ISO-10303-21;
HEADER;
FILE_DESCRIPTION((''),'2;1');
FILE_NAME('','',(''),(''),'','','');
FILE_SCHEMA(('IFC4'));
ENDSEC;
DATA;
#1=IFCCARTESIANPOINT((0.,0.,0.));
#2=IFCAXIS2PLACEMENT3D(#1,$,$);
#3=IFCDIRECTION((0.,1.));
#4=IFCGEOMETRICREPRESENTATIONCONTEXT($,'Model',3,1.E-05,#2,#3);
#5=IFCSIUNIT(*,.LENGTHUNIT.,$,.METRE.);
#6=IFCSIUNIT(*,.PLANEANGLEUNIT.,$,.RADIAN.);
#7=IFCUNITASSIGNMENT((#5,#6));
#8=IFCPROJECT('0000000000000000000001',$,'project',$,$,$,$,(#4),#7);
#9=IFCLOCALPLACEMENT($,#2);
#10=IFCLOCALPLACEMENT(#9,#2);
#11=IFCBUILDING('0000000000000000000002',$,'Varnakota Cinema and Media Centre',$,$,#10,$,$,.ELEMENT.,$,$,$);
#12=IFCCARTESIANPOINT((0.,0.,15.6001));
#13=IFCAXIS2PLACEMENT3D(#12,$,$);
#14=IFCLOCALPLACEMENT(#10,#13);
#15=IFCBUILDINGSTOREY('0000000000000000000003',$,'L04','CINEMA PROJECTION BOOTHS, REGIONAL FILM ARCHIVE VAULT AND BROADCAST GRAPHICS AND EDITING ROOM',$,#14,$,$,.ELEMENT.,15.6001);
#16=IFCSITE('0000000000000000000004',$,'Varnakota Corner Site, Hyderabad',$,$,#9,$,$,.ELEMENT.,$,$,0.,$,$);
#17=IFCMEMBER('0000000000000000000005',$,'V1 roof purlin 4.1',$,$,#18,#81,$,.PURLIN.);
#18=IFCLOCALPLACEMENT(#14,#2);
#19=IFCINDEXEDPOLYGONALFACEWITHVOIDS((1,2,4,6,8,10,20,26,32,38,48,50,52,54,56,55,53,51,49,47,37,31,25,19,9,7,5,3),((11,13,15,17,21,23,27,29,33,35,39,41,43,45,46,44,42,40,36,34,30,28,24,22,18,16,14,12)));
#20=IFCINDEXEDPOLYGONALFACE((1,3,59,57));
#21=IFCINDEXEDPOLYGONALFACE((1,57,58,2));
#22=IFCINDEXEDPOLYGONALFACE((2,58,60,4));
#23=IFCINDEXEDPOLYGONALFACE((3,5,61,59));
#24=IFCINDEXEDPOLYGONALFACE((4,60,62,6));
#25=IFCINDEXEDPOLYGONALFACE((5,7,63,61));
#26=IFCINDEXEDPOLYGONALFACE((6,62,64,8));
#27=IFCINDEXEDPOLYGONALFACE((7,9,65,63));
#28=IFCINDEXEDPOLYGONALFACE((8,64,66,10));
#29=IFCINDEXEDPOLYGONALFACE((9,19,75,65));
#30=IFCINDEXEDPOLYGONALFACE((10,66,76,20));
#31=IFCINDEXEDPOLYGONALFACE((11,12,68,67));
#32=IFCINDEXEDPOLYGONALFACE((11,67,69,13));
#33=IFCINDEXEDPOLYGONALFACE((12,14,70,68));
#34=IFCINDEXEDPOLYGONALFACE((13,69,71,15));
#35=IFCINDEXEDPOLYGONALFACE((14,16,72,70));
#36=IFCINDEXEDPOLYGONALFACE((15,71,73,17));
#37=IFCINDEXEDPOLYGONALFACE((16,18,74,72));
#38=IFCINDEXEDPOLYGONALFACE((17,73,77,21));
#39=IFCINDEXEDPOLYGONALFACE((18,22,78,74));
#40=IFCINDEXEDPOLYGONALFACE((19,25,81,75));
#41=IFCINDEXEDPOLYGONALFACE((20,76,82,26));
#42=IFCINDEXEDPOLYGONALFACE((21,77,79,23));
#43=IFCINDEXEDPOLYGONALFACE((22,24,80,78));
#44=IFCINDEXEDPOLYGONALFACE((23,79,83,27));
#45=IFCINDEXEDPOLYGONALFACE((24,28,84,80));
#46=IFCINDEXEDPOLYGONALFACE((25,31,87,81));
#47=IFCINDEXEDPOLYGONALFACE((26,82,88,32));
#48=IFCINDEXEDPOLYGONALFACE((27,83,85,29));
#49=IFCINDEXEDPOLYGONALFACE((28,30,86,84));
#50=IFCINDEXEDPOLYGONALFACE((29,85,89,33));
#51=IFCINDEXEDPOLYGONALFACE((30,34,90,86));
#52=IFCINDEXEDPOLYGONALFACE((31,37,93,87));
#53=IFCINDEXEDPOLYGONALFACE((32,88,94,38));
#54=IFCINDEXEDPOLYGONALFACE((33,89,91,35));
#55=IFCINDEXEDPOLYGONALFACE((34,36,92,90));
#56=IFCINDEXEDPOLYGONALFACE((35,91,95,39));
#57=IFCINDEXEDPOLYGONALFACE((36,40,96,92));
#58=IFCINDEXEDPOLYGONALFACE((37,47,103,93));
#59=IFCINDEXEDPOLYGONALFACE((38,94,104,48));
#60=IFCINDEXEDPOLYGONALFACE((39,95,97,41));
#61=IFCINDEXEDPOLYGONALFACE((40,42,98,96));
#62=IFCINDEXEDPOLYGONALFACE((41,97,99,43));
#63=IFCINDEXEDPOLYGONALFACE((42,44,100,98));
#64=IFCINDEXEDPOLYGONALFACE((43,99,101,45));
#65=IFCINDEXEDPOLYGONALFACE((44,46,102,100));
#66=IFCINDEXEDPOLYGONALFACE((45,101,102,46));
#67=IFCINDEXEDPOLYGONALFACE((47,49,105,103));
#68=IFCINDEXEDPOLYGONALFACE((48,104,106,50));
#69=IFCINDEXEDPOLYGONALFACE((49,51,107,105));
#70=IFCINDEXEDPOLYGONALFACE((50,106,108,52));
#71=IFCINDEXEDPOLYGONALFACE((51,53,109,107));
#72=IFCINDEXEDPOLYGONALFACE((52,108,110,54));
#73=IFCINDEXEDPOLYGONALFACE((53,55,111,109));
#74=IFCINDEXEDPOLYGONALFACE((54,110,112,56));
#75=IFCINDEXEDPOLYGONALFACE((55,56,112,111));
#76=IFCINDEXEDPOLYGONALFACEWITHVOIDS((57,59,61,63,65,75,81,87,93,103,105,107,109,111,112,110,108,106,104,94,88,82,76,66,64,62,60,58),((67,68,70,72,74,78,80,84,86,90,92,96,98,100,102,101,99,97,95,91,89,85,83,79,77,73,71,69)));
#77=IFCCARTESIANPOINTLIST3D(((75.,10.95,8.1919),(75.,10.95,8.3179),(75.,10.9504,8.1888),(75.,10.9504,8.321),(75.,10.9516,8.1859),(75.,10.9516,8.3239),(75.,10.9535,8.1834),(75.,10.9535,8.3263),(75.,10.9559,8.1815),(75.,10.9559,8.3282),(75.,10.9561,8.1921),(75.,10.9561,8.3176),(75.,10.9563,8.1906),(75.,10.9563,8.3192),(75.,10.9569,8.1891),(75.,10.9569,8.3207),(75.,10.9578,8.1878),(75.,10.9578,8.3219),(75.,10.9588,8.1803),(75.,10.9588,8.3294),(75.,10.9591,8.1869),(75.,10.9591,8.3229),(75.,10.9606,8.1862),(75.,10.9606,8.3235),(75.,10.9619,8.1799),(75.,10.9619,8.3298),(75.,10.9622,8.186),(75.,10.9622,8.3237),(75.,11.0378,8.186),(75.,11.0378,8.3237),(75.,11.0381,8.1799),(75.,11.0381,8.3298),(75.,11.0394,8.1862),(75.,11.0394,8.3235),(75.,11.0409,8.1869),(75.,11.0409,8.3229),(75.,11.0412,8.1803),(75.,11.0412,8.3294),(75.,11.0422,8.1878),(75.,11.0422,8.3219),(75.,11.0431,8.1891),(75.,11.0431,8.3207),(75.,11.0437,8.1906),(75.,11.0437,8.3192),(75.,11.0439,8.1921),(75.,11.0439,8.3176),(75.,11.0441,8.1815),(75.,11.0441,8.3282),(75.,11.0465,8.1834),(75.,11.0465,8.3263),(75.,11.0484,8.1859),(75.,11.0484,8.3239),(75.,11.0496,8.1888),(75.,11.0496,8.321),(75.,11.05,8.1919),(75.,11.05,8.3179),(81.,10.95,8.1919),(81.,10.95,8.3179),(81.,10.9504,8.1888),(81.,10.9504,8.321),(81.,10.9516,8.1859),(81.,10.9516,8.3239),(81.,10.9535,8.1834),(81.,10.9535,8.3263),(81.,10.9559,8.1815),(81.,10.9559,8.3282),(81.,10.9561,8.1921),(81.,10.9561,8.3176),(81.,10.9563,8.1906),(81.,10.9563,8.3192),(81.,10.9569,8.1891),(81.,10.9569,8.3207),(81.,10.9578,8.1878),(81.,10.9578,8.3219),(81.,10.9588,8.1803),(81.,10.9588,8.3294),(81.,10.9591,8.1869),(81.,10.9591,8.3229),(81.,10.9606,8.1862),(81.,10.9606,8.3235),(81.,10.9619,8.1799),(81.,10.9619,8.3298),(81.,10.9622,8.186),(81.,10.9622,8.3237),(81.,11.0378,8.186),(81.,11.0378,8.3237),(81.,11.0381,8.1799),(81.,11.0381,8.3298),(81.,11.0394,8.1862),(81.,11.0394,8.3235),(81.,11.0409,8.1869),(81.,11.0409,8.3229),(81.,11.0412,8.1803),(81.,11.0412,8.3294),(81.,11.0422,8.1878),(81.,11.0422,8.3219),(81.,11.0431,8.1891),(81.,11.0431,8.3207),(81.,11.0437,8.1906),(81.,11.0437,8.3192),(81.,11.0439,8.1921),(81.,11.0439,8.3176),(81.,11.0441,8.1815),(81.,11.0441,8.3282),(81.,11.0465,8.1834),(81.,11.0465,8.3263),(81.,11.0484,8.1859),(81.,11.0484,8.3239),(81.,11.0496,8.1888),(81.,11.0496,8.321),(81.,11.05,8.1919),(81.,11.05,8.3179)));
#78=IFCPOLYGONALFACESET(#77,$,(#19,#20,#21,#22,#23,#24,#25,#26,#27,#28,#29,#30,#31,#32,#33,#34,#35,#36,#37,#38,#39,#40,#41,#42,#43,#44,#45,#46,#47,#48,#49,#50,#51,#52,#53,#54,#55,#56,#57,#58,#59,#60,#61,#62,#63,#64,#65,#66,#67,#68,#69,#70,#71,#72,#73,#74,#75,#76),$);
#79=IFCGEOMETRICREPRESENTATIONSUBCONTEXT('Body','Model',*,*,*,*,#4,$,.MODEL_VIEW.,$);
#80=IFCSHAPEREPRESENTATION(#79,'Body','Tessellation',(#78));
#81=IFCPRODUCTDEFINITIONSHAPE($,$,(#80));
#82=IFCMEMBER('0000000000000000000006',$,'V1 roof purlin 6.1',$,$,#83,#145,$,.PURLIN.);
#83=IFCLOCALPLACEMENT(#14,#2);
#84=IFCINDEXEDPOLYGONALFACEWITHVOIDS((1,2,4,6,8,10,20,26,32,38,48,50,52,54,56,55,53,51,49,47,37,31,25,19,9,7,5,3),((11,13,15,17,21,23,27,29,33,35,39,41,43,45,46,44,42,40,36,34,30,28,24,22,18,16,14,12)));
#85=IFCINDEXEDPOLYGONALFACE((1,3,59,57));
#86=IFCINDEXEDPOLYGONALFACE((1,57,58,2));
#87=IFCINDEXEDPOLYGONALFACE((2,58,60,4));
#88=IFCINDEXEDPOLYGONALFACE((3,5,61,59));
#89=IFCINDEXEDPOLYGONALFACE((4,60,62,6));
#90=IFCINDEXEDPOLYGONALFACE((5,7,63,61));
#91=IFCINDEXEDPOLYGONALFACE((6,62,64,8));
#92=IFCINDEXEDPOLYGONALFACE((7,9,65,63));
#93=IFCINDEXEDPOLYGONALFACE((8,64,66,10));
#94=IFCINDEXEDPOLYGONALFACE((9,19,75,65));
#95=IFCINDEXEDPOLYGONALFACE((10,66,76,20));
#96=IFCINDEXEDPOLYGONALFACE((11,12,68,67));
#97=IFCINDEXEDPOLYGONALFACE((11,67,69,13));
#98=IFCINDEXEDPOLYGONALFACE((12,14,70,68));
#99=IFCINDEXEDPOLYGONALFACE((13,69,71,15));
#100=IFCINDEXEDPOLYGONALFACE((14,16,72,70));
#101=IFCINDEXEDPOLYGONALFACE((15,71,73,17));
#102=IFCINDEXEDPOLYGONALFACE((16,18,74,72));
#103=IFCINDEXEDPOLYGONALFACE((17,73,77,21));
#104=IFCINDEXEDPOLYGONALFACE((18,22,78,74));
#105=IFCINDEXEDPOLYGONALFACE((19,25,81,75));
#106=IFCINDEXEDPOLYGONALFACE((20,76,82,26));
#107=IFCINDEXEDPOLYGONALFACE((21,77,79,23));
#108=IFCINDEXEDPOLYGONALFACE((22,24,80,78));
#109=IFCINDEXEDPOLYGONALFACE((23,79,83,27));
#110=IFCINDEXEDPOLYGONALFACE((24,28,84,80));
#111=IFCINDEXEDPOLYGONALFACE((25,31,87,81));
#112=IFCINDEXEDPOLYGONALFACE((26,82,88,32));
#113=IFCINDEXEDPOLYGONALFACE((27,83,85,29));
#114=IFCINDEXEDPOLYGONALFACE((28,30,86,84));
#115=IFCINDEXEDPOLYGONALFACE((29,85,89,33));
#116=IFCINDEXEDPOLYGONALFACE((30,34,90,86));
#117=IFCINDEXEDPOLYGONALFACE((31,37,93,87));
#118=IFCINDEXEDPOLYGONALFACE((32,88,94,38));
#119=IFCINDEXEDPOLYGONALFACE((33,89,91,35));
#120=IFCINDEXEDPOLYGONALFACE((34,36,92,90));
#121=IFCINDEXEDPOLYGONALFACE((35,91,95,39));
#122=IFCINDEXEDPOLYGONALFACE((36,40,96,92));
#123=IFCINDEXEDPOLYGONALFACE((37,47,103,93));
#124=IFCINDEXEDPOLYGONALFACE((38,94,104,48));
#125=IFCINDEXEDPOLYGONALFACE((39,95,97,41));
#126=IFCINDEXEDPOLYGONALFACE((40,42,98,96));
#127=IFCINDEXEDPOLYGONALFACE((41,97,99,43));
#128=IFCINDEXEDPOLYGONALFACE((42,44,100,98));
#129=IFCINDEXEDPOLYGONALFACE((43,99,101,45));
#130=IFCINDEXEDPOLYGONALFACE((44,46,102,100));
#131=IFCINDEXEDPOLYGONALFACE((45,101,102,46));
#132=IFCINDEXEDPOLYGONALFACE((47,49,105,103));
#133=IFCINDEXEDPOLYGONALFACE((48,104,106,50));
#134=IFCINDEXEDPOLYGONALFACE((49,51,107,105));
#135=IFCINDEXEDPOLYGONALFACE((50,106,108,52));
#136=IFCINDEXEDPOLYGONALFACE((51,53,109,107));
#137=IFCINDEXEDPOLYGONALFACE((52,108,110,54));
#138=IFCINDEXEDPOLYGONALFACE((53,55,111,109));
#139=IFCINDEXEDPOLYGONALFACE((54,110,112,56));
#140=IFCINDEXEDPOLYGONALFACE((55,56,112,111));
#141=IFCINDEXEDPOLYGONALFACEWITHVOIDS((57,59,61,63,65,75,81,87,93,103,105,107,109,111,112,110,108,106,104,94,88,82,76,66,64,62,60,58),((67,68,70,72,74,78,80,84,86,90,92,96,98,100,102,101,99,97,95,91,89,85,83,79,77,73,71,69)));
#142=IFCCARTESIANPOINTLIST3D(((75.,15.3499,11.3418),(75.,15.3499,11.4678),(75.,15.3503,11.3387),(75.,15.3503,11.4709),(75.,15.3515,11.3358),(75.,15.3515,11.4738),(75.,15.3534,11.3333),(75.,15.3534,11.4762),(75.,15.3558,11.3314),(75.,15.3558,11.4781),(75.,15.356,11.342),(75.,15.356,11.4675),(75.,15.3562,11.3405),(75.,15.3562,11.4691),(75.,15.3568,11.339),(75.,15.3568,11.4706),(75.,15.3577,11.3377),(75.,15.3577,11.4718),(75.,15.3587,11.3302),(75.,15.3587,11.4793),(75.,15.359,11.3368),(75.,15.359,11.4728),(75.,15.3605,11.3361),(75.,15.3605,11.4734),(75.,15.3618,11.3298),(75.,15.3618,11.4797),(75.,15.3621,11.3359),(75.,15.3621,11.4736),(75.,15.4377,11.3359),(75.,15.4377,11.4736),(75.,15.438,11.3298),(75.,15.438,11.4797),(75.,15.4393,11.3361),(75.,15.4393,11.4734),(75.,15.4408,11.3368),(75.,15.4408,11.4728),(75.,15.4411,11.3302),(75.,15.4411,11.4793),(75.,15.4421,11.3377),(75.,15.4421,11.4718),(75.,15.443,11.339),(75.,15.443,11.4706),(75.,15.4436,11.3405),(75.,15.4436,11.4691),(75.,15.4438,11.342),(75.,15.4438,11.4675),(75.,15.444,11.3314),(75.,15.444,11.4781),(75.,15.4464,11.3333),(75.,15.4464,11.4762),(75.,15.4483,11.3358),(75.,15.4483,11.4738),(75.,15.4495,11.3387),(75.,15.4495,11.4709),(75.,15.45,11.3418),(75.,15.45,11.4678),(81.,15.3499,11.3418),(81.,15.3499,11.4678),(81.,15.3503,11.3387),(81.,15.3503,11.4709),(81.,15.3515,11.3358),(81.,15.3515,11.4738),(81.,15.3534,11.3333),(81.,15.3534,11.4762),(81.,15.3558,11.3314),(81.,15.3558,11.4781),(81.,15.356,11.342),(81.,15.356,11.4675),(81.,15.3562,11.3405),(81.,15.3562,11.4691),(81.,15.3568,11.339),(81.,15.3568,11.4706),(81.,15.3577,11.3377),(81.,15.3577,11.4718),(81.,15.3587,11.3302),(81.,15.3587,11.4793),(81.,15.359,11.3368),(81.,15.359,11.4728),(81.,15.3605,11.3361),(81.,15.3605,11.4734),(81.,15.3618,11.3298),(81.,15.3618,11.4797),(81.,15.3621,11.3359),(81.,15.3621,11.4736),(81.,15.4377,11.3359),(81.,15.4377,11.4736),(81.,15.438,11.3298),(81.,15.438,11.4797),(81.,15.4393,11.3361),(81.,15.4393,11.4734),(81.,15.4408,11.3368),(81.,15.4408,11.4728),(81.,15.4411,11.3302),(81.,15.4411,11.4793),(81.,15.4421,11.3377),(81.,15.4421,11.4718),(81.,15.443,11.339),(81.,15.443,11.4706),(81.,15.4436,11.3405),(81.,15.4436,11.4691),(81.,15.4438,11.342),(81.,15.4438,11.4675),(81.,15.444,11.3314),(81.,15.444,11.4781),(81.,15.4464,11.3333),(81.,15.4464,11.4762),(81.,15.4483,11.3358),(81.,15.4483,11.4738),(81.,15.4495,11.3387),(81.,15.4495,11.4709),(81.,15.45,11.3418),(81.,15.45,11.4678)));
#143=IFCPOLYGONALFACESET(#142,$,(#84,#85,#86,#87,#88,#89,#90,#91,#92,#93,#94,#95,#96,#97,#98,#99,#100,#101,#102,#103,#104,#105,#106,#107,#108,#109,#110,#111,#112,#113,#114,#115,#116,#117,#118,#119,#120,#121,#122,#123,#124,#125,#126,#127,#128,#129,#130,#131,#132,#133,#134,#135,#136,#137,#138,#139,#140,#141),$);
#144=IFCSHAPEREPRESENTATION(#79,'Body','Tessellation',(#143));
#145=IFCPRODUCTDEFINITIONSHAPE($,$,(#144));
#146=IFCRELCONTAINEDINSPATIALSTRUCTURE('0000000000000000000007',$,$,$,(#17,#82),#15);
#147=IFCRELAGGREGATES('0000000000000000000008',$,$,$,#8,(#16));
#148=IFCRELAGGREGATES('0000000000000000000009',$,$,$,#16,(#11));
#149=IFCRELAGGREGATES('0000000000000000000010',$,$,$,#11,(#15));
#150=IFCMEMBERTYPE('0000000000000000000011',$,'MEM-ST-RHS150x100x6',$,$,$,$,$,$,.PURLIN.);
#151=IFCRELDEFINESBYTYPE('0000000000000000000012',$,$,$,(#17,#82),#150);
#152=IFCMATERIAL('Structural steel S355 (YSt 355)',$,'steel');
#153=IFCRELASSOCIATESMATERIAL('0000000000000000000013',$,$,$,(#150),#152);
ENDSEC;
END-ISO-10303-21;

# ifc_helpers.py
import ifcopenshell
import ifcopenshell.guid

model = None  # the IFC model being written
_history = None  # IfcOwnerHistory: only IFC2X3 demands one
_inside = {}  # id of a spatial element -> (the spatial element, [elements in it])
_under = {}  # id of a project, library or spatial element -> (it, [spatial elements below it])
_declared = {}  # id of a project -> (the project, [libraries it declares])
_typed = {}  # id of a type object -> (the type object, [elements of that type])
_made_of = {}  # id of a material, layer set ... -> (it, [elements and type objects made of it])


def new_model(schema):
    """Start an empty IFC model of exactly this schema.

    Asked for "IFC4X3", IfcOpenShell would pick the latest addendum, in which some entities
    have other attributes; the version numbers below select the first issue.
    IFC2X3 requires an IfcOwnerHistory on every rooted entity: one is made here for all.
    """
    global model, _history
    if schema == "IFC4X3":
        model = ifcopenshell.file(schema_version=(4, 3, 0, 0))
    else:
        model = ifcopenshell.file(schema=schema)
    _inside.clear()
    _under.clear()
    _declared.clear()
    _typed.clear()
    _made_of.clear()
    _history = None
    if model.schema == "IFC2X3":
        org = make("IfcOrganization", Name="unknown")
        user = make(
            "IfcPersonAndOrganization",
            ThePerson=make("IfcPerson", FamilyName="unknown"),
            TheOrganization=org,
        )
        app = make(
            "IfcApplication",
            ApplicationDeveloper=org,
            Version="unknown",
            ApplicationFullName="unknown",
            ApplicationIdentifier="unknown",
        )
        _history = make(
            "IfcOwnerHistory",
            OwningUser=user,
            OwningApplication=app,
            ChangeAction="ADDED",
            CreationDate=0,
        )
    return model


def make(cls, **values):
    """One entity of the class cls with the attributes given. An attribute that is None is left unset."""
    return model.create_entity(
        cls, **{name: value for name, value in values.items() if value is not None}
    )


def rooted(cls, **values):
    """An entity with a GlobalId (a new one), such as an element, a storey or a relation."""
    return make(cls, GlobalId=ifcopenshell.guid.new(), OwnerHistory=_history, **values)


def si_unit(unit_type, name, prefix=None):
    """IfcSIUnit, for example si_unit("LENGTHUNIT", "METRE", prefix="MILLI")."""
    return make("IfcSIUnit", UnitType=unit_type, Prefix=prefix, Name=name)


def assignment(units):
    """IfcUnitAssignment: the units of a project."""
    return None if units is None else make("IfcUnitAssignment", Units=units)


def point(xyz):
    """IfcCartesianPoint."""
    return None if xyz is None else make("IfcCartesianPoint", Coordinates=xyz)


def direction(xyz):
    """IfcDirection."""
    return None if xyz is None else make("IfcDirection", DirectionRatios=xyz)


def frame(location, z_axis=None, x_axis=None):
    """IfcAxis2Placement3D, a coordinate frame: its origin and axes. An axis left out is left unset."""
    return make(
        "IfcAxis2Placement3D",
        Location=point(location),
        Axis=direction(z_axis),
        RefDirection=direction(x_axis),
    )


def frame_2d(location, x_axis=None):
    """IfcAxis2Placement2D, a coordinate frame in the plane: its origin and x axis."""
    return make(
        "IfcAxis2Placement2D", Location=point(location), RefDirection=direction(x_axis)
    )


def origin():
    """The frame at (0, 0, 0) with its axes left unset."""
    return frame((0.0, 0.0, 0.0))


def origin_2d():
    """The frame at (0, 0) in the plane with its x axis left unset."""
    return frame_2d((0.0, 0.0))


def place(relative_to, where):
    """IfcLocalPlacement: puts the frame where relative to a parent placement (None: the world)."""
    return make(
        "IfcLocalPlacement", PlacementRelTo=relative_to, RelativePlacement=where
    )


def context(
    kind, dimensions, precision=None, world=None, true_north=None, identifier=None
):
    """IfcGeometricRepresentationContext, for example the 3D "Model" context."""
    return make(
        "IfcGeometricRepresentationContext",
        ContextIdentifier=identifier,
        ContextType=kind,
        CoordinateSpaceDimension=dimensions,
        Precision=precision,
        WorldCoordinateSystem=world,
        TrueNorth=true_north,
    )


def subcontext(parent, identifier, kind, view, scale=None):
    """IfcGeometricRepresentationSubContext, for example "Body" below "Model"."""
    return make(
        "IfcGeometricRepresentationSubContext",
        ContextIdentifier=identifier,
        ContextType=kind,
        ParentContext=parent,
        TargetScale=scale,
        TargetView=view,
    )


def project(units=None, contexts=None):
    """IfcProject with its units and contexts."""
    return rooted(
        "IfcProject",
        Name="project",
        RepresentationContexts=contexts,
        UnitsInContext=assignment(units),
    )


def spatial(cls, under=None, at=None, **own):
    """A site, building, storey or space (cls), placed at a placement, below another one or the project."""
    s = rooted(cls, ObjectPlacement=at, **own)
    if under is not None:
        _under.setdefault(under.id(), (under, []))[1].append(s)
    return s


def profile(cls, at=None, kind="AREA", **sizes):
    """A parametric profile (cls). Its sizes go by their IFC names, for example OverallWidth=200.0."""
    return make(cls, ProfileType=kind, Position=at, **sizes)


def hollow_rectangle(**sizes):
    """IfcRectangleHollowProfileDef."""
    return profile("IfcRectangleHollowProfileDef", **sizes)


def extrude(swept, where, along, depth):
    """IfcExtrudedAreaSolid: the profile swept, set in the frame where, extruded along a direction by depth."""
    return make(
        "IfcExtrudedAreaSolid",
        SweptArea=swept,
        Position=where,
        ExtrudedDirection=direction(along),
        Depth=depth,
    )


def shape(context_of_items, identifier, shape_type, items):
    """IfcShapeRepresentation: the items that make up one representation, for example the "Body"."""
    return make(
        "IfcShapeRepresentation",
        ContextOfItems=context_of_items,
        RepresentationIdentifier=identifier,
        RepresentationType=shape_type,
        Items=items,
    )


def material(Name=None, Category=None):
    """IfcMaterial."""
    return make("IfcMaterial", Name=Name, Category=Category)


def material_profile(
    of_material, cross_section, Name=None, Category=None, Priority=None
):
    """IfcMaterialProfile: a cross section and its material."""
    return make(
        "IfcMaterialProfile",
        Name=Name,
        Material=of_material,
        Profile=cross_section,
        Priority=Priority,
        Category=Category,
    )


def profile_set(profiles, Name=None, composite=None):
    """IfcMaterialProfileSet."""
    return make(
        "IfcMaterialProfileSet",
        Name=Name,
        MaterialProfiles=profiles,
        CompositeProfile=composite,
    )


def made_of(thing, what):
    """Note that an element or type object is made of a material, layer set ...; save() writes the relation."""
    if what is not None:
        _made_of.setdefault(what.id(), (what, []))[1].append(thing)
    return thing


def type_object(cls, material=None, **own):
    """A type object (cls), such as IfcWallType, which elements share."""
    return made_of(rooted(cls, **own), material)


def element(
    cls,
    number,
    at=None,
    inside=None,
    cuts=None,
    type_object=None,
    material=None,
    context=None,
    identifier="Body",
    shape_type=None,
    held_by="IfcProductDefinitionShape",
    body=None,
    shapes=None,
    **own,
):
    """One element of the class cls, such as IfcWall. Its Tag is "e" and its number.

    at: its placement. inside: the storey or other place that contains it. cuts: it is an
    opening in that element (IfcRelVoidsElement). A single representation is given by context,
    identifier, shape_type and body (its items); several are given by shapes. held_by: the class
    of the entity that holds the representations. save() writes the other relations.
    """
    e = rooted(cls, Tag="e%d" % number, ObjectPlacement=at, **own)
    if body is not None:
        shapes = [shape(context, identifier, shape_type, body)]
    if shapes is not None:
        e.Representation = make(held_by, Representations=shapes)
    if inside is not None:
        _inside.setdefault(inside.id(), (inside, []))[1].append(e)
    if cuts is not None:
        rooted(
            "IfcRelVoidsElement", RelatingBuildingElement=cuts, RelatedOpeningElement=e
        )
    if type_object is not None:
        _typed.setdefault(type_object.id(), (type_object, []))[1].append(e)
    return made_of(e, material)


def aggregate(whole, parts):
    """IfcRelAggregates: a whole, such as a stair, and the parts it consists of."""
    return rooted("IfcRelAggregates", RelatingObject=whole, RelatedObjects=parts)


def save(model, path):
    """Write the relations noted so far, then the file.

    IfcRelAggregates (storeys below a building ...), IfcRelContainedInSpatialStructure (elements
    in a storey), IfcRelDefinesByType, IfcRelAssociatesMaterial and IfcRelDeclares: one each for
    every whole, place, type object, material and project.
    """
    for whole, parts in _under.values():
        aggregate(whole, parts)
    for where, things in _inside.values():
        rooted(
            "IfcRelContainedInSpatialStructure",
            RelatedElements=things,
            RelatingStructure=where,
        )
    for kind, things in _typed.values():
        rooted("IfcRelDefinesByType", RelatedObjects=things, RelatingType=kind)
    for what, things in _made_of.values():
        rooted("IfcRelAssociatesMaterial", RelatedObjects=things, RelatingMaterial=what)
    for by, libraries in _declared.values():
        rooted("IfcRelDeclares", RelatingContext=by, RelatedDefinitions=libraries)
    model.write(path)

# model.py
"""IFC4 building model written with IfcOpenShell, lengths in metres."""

from ifc_helpers import new_model, si_unit, direction, frame, origin, origin_2d, place, context, subcontext, project, spatial, hollow_rectangle, extrude, material, material_profile, profile_set, type_object, element, save


model = new_model("IFC4")

# Units and contexts
model_context = context("Model", 3, precision=1e-05, world=origin(), true_north=direction((0.0, 1.0)))
body_context = subcontext(model_context, "Body", "Model", "MODEL_VIEW")
ifc_project = project(units=[si_unit("LENGTHUNIT", "METRE"), si_unit("PLANEANGLEUNIT", "RADIAN")], contexts=[model_context])

# Site, building, storey
site_placement = place(None, origin())
site = spatial("IfcSite", under=ifc_project, at=site_placement, Name="Varnakota Corner Site, Hyderabad", CompositionType="ELEMENT", RefElevation=0.0)
building_placement = place(site_placement, origin())
building = spatial("IfcBuilding", under=site, at=building_placement, Name="Varnakota Cinema and Media Centre", CompositionType="ELEMENT")
storey_placement = place(building_placement, frame((0.0, 0.0, 15.6001)))
storey = spatial("IfcBuildingStorey", under=building, at=storey_placement, Name="L04", Description="CINEMA PROJECTION BOOTHS, REGIONAL FILM ARCHIVE VAULT AND BROADCAST GRAPHICS AND EDITING ROOM", CompositionType="ELEMENT", Elevation=15.6001)

# Members
ifc_material_1 = material(Name="Structural steel S355 (YSt 355)", Category="steel")
ifc_material_profile_1 = material_profile(ifc_material_1, hollow_rectangle(XDim=0.1001, YDim=0.1499, WallThickness=0.0061, InnerFilletRadius=0.0061, OuterFilletRadius=0.012, at=origin_2d()), Name="RHS 150x100x6")
ifc_profile_set_1 = profile_set([ifc_material_profile_1], Name="Structural steel S355 (YSt 355)")
member_type_1 = type_object("IfcMemberType", Name="MEM-ST-RHS150x100x6", PredefinedType="PURLIN", material=ifc_profile_set_1)
for number, where, z_axis, x_axis, name in (
    (1, (75.0, 11.0, 8.2549), (1.0, 0.0, 0.0), (0.0, 1.0, 0.0), "V1 roof purlin 4.1"),
    (2, (75.0, 15.3999, 11.4048), (1.0, 0.0, 0.0), (0.0, 1.0, 0.0), "V1 roof purlin 6.1"),
):
    element("IfcMember", number, at=place(storey_placement, frame(where, z_axis=z_axis, x_axis=x_axis)), inside=storey, type_object=member_type_1, Name=name, PredefinedType="PURLIN", context=body_context, shape_type="SweptSolid", body=[
        extrude(hollow_rectangle(XDim=0.1001, YDim=0.1499, WallThickness=0.0061, InnerFilletRadius=0.0061, OuterFilletRadius=0.012, at=origin_2d()), origin(), (0.0, 0.0, 1.0), 6.0),
    ])

save(model, "model.ifc")
